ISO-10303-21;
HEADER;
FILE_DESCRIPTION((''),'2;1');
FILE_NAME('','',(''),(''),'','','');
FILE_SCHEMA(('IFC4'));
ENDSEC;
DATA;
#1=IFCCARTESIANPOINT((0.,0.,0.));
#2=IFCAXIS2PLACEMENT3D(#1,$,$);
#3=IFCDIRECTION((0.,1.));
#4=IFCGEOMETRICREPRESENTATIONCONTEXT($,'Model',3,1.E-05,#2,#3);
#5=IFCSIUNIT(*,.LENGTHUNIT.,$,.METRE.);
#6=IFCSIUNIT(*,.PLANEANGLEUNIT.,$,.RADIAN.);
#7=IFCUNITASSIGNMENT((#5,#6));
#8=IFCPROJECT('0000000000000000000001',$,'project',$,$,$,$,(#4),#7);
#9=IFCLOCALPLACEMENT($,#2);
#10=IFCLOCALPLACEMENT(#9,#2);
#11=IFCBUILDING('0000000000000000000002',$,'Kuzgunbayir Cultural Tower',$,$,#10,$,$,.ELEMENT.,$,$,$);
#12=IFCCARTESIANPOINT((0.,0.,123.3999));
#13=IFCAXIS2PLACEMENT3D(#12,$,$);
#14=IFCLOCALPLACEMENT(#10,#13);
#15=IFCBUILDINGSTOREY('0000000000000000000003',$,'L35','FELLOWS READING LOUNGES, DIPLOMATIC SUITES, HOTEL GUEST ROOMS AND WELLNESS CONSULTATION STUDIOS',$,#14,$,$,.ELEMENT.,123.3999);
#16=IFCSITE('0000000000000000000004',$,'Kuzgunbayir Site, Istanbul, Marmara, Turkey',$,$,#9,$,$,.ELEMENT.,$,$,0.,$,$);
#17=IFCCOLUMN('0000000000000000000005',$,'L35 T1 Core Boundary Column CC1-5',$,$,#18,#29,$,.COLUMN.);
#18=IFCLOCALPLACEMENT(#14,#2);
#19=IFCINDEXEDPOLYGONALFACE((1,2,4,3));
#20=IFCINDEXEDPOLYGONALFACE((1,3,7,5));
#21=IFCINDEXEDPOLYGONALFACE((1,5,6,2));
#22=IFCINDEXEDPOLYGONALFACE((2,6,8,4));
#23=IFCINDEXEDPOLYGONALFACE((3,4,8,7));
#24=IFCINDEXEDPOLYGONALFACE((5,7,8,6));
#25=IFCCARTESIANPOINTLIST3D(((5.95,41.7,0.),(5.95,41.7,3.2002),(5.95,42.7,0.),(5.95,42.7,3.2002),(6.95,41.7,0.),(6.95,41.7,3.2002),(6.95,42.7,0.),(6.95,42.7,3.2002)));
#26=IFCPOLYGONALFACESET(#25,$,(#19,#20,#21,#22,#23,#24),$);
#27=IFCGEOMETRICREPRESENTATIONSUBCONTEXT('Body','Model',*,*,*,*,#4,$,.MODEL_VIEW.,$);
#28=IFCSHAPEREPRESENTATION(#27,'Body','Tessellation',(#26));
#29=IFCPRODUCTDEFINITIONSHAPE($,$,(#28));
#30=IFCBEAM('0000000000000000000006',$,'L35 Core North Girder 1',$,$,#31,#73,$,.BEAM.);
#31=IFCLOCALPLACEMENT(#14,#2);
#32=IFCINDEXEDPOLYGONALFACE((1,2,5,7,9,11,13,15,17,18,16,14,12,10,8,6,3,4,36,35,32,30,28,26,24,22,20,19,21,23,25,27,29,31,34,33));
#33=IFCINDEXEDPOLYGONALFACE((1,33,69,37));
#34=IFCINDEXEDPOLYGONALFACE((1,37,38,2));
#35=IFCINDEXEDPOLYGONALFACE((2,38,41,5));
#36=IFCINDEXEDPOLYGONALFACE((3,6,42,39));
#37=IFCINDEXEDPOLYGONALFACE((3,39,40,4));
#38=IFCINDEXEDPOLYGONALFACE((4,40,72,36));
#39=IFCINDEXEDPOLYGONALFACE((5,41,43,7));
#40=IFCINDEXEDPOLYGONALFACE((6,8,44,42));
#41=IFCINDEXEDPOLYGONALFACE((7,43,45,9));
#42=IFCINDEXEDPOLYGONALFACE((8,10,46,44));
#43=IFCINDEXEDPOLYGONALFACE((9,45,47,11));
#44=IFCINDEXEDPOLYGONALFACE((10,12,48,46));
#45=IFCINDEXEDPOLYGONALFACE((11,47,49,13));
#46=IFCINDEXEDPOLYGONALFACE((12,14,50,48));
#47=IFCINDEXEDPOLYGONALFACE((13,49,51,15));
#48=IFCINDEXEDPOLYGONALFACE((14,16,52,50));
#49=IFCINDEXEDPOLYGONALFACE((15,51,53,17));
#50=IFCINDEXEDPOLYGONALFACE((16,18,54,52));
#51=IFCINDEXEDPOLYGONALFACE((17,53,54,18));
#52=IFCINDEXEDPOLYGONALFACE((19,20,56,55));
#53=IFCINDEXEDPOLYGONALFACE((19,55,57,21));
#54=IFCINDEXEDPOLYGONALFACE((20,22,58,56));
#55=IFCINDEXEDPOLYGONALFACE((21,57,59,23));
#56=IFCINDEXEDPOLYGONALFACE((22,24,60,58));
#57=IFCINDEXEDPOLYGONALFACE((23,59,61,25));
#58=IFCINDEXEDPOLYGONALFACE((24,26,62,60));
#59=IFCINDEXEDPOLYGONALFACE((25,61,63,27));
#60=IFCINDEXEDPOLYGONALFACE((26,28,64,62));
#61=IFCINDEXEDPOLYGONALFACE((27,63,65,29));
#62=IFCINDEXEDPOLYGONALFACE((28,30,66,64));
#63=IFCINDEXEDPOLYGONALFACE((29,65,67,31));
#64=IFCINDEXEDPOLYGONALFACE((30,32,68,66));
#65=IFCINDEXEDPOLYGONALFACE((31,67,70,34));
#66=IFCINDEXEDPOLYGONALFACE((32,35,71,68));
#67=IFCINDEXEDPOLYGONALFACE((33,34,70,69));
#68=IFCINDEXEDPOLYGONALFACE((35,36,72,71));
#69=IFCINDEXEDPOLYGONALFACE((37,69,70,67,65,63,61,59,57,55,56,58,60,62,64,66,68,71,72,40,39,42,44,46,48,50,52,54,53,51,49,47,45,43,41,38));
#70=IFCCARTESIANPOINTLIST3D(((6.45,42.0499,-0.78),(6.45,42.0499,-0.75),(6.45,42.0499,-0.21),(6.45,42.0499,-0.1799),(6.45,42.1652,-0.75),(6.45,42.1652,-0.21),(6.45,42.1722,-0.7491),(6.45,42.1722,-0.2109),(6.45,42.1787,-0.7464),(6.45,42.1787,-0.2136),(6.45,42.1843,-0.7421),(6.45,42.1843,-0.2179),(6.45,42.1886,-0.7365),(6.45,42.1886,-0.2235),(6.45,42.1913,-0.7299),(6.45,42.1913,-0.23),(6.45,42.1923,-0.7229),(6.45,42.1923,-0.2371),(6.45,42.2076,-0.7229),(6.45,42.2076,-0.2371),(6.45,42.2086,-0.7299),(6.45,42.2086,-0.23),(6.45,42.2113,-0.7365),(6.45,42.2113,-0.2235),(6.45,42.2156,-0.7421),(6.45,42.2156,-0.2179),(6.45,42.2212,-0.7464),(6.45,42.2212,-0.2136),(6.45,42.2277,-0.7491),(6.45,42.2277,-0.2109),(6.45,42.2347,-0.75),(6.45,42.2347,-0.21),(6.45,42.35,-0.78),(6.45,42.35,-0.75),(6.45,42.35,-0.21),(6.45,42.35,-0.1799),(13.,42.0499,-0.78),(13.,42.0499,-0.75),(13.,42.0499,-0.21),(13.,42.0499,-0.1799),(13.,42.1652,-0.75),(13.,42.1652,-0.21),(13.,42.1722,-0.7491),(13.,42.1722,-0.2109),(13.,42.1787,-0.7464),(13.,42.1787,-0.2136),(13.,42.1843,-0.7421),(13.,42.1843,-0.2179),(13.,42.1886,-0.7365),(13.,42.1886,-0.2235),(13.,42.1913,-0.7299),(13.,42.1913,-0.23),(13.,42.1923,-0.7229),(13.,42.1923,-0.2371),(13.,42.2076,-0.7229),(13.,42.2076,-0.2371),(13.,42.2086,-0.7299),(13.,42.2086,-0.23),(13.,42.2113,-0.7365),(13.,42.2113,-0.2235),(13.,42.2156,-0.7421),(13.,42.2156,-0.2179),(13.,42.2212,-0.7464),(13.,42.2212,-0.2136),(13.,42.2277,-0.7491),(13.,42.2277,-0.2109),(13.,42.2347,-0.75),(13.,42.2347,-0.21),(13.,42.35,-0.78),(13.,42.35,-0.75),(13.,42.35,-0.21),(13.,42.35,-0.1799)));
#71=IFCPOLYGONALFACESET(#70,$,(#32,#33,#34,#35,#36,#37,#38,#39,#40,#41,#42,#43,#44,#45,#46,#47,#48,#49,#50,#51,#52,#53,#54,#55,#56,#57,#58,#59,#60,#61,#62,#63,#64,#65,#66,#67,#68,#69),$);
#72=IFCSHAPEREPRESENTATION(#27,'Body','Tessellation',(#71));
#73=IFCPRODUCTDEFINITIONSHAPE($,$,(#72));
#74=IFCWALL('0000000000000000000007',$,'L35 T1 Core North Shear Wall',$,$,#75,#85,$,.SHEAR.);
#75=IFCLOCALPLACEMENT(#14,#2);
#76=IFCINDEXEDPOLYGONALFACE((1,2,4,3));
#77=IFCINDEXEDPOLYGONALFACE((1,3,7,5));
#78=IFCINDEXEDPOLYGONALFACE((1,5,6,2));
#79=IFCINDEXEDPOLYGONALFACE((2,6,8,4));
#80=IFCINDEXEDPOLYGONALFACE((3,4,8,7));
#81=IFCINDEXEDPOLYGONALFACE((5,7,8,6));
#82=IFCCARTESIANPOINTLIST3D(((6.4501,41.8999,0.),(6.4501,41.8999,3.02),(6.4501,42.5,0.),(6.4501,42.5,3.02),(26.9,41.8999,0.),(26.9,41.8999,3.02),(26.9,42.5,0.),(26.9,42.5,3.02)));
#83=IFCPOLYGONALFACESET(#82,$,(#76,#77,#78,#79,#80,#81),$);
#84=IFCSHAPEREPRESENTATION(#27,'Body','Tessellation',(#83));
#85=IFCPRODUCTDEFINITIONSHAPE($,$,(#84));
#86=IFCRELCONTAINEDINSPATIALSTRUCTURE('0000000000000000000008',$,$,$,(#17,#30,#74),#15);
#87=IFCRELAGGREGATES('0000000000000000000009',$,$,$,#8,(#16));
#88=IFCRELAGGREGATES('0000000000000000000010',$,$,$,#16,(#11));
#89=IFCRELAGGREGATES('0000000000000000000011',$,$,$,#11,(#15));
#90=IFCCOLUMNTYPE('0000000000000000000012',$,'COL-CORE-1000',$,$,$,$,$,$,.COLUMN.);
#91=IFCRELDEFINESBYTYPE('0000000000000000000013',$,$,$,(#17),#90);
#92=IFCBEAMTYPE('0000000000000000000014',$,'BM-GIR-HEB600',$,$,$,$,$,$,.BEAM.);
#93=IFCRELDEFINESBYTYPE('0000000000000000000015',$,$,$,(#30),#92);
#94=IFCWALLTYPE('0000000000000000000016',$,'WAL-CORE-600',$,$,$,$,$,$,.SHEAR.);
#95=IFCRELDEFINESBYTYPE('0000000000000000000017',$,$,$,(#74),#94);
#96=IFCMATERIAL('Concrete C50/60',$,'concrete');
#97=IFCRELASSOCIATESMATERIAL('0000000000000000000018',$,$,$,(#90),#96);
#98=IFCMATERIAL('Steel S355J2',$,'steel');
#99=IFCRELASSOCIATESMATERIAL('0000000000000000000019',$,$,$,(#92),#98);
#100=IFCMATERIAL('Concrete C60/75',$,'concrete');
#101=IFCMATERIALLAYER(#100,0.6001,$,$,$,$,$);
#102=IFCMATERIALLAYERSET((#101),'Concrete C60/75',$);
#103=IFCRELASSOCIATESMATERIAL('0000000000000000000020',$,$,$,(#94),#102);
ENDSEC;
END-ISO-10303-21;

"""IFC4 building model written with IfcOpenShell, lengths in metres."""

from ifc_helpers import new_model, si_unit, direction, frame, frame_2d, origin, origin_2d, place, context, subcontext, project, spatial, rectangle, i_section, extrude, material, layer, layer_set, material_profile, profile_set, type_object, element, save


model = new_model("IFC4")

# Units and contexts
model_context = context("Model", 3, precision=1e-05, world=origin(), true_north=direction((0.0, 1.0)))
body_context = subcontext(model_context, "Body", "Model", "MODEL_VIEW")
ifc_project = project(units=[si_unit("LENGTHUNIT", "METRE"), si_unit("PLANEANGLEUNIT", "RADIAN")], contexts=[model_context])

# Site, building, storey
site_placement = place(None, origin())
site = spatial("IfcSite", under=ifc_project, at=site_placement, Name="Kuzgunbayir Site, Istanbul, Marmara, Turkey", CompositionType="ELEMENT", RefElevation=0.0)
building_placement = place(site_placement, origin())
building = spatial("IfcBuilding", under=site, at=building_placement, Name="Kuzgunbayir Cultural Tower", CompositionType="ELEMENT")
storey_placement = place(building_placement, frame((0.0, 0.0, 123.3999)))
storey = spatial("IfcBuildingStorey", under=building, at=storey_placement, Name="L35", Description="FELLOWS READING LOUNGES, DIPLOMATIC SUITES, HOTEL GUEST ROOMS AND WELLNESS CONSULTATION STUDIOS", CompositionType="ELEMENT", Elevation=123.3999)

# Column
ifc_material_1 = material(Name="Concrete C50/60", Category="concrete")
ifc_material_profile_1 = material_profile(ifc_material_1, rectangle(XDim=1.0, YDim=1.0, at=origin_2d()), Name="RC 1000x1000")
ifc_profile_set_1 = profile_set([ifc_material_profile_1], Name="Concrete C50/60")
column_type = type_object("IfcColumnType", Name="COL-CORE-1000", PredefinedType="COLUMN", material=ifc_profile_set_1)
column_placement = place(storey_placement, frame((6.45, 42.2, 0.0), z_axis=(0.0, 0.0, 1.0), x_axis=(1.0, 0.0, 0.0)))
element("IfcColumn", 1, at=column_placement, inside=storey, type_object=column_type, Name="L35 T1 Core Boundary Column CC1-5", PredefinedType="COLUMN", context=body_context, shape_type="SweptSolid", body=[
    extrude(rectangle(XDim=1.0, YDim=1.0, at=origin_2d()), origin(), (0.0, 0.0, 1.0), 3.2002),
])

# Beam
ifc_material_2 = material(Name="Steel S355J2", Category="steel")
ifc_material_profile_2 = material_profile(ifc_material_2, i_section(OverallWidth=0.3, OverallDepth=0.6001, WebThickness=0.0154, FlangeThickness=0.03, FilletRadius=0.0271, at=origin_2d()), Name="HEB 600")
ifc_profile_set_2 = profile_set([ifc_material_profile_2], Name="Steel S355J2")
beam_type = type_object("IfcBeamType", Name="BM-GIR-HEB600", PredefinedType="BEAM", material=ifc_profile_set_2)
beam_placement = place(storey_placement, frame((6.45, 42.2, -0.48), z_axis=(1.0, 0.0, 0.0), x_axis=(0.0, 1.0, 0.0)))
element("IfcBeam", 2, at=beam_placement, inside=storey, type_object=beam_type, Name="L35 Core North Girder 1", PredefinedType="BEAM", context=body_context, shape_type="SweptSolid", body=[
    extrude(i_section(OverallWidth=0.3, OverallDepth=0.6001, WebThickness=0.0154, FlangeThickness=0.03, FilletRadius=0.0271, at=origin_2d()), origin(), (0.0, 0.0, 1.0), 6.55),
])

# Wall
ifc_material_3 = material(Name="Concrete C60/75", Category="concrete")
ifc_layer_1 = layer(ifc_material_3, 0.6001)
ifc_layer_set_1 = layer_set([ifc_layer_1], Name="Concrete C60/75")
wall_type_1 = type_object("IfcWallType", Name="WAL-CORE-600", PredefinedType="SHEAR", material=ifc_layer_set_1)
wall_1_placement = place(storey_placement, frame((6.45, 42.2, 0.0), z_axis=(0.0, 0.0, 1.0), x_axis=(1.0, 0.0, 0.0)))
element("IfcWall", 3, at=wall_1_placement, inside=storey, type_object=wall_type_1, Name="L35 T1 Core North Shear Wall", PredefinedType="SHEAR", context=body_context, shape_type="SweptSolid", body=[
    extrude(rectangle(XDim=20.45, YDim=0.6001, at=frame_2d((10.2251, 0.0))), origin(), (0.0, 0.0, 1.0), 3.02),
])

save(model, "model.ifc")
